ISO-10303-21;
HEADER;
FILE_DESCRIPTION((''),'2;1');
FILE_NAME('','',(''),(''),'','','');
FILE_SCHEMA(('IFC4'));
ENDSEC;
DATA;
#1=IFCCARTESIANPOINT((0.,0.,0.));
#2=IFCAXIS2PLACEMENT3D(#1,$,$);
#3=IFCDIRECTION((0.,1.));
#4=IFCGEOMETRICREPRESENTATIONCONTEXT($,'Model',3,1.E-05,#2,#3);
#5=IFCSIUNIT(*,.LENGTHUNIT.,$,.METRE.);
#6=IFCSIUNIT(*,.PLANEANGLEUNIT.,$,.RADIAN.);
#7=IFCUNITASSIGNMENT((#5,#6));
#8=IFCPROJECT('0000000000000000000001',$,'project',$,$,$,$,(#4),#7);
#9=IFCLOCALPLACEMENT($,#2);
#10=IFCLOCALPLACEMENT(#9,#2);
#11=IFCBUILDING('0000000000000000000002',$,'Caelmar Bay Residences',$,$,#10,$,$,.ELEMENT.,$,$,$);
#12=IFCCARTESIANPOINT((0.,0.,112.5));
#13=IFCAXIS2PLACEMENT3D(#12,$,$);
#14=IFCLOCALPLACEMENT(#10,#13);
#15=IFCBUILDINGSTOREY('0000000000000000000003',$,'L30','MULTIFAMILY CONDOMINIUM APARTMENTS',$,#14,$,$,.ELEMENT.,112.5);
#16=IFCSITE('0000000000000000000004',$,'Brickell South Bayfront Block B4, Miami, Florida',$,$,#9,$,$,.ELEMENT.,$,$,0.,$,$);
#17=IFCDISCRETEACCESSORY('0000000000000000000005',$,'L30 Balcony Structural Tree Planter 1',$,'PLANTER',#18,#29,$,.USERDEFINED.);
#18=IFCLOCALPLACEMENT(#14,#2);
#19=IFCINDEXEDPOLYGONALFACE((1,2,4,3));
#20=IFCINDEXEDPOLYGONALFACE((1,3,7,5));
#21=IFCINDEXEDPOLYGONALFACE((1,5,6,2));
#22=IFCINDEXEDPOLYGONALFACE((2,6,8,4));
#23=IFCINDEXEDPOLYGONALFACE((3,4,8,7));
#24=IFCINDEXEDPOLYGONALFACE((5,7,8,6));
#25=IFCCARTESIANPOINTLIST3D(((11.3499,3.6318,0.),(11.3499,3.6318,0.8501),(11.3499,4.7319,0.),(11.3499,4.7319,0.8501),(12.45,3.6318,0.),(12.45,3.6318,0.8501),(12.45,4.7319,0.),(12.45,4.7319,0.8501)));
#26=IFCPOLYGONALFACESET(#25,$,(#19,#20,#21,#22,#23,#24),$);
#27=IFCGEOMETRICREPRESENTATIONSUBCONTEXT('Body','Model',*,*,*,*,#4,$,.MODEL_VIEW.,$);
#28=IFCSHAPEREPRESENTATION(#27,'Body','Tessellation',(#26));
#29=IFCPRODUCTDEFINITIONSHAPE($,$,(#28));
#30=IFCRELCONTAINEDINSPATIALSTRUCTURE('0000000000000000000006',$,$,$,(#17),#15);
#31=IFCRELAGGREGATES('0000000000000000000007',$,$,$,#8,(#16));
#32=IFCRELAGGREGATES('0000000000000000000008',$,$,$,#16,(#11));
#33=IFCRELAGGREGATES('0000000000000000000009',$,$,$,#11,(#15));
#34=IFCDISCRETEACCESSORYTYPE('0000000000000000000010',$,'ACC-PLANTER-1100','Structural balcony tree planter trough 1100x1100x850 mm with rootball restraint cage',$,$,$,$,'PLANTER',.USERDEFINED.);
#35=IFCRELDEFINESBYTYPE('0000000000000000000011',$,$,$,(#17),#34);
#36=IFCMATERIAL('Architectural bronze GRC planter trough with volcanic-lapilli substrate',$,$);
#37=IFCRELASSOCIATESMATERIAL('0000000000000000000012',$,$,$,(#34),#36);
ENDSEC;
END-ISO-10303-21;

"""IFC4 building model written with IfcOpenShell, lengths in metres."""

from ifc_helpers import new_model, si_unit, direction, frame, origin, origin_2d, place, context, subcontext, project, spatial, rectangle, extrude, material, type_object, element, save


model = new_model("IFC4")

# Units and contexts
model_context = context("Model", 3, precision=1e-05, world=origin(), true_north=direction((0.0, 1.0)))
body_context = subcontext(model_context, "Body", "Model", "MODEL_VIEW")
ifc_project = project(units=[si_unit("LENGTHUNIT", "METRE"), si_unit("PLANEANGLEUNIT", "RADIAN")], contexts=[model_context])

# Site, building, storey
site_placement = place(None, origin())
site = spatial("IfcSite", under=ifc_project, at=site_placement, Name="Brickell South Bayfront Block B4, Miami, Florida", CompositionType="ELEMENT", RefElevation=0.0)
building_placement = place(site_placement, origin())
building = spatial("IfcBuilding", under=site, at=building_placement, Name="Caelmar Bay Residences", CompositionType="ELEMENT")
storey_placement = place(building_placement, frame((0.0, 0.0, 112.5)))
storey = spatial("IfcBuildingStorey", under=building, at=storey_placement, Name="L30", Description="MULTIFAMILY CONDOMINIUM APARTMENTS", CompositionType="ELEMENT", Elevation=112.5)

# Discrete accessory
ifc_material_1 = material(Name="Architectural bronze GRC planter trough with volcanic-lapilli substrate")
discrete_accessory_type = type_object("IfcDiscreteAccessoryType", Name="ACC-PLANTER-1100", Description="Structural balcony tree planter trough 1100x1100x850 mm with rootball restraint cage", ElementType="PLANTER", PredefinedType="USERDEFINED", material=ifc_material_1)
discrete_accessory_placement = place(storey_placement, frame((11.8999, 4.1819, 0.0), z_axis=(0.0, 0.0, 1.0), x_axis=(1.0, 0.0, 0.0)))
element("IfcDiscreteAccessory", 1, at=discrete_accessory_placement, inside=storey, type_object=discrete_accessory_type, Name="L30 Balcony Structural Tree Planter 1", ObjectType="PLANTER", PredefinedType="USERDEFINED", context=body_context, shape_type="SweptSolid", body=[
    extrude(rectangle(XDim=1.1001, YDim=1.1001, at=origin_2d()), origin(), (0.0, 0.0, 1.0), 0.8501),
])

save(model, "model.ifc")
